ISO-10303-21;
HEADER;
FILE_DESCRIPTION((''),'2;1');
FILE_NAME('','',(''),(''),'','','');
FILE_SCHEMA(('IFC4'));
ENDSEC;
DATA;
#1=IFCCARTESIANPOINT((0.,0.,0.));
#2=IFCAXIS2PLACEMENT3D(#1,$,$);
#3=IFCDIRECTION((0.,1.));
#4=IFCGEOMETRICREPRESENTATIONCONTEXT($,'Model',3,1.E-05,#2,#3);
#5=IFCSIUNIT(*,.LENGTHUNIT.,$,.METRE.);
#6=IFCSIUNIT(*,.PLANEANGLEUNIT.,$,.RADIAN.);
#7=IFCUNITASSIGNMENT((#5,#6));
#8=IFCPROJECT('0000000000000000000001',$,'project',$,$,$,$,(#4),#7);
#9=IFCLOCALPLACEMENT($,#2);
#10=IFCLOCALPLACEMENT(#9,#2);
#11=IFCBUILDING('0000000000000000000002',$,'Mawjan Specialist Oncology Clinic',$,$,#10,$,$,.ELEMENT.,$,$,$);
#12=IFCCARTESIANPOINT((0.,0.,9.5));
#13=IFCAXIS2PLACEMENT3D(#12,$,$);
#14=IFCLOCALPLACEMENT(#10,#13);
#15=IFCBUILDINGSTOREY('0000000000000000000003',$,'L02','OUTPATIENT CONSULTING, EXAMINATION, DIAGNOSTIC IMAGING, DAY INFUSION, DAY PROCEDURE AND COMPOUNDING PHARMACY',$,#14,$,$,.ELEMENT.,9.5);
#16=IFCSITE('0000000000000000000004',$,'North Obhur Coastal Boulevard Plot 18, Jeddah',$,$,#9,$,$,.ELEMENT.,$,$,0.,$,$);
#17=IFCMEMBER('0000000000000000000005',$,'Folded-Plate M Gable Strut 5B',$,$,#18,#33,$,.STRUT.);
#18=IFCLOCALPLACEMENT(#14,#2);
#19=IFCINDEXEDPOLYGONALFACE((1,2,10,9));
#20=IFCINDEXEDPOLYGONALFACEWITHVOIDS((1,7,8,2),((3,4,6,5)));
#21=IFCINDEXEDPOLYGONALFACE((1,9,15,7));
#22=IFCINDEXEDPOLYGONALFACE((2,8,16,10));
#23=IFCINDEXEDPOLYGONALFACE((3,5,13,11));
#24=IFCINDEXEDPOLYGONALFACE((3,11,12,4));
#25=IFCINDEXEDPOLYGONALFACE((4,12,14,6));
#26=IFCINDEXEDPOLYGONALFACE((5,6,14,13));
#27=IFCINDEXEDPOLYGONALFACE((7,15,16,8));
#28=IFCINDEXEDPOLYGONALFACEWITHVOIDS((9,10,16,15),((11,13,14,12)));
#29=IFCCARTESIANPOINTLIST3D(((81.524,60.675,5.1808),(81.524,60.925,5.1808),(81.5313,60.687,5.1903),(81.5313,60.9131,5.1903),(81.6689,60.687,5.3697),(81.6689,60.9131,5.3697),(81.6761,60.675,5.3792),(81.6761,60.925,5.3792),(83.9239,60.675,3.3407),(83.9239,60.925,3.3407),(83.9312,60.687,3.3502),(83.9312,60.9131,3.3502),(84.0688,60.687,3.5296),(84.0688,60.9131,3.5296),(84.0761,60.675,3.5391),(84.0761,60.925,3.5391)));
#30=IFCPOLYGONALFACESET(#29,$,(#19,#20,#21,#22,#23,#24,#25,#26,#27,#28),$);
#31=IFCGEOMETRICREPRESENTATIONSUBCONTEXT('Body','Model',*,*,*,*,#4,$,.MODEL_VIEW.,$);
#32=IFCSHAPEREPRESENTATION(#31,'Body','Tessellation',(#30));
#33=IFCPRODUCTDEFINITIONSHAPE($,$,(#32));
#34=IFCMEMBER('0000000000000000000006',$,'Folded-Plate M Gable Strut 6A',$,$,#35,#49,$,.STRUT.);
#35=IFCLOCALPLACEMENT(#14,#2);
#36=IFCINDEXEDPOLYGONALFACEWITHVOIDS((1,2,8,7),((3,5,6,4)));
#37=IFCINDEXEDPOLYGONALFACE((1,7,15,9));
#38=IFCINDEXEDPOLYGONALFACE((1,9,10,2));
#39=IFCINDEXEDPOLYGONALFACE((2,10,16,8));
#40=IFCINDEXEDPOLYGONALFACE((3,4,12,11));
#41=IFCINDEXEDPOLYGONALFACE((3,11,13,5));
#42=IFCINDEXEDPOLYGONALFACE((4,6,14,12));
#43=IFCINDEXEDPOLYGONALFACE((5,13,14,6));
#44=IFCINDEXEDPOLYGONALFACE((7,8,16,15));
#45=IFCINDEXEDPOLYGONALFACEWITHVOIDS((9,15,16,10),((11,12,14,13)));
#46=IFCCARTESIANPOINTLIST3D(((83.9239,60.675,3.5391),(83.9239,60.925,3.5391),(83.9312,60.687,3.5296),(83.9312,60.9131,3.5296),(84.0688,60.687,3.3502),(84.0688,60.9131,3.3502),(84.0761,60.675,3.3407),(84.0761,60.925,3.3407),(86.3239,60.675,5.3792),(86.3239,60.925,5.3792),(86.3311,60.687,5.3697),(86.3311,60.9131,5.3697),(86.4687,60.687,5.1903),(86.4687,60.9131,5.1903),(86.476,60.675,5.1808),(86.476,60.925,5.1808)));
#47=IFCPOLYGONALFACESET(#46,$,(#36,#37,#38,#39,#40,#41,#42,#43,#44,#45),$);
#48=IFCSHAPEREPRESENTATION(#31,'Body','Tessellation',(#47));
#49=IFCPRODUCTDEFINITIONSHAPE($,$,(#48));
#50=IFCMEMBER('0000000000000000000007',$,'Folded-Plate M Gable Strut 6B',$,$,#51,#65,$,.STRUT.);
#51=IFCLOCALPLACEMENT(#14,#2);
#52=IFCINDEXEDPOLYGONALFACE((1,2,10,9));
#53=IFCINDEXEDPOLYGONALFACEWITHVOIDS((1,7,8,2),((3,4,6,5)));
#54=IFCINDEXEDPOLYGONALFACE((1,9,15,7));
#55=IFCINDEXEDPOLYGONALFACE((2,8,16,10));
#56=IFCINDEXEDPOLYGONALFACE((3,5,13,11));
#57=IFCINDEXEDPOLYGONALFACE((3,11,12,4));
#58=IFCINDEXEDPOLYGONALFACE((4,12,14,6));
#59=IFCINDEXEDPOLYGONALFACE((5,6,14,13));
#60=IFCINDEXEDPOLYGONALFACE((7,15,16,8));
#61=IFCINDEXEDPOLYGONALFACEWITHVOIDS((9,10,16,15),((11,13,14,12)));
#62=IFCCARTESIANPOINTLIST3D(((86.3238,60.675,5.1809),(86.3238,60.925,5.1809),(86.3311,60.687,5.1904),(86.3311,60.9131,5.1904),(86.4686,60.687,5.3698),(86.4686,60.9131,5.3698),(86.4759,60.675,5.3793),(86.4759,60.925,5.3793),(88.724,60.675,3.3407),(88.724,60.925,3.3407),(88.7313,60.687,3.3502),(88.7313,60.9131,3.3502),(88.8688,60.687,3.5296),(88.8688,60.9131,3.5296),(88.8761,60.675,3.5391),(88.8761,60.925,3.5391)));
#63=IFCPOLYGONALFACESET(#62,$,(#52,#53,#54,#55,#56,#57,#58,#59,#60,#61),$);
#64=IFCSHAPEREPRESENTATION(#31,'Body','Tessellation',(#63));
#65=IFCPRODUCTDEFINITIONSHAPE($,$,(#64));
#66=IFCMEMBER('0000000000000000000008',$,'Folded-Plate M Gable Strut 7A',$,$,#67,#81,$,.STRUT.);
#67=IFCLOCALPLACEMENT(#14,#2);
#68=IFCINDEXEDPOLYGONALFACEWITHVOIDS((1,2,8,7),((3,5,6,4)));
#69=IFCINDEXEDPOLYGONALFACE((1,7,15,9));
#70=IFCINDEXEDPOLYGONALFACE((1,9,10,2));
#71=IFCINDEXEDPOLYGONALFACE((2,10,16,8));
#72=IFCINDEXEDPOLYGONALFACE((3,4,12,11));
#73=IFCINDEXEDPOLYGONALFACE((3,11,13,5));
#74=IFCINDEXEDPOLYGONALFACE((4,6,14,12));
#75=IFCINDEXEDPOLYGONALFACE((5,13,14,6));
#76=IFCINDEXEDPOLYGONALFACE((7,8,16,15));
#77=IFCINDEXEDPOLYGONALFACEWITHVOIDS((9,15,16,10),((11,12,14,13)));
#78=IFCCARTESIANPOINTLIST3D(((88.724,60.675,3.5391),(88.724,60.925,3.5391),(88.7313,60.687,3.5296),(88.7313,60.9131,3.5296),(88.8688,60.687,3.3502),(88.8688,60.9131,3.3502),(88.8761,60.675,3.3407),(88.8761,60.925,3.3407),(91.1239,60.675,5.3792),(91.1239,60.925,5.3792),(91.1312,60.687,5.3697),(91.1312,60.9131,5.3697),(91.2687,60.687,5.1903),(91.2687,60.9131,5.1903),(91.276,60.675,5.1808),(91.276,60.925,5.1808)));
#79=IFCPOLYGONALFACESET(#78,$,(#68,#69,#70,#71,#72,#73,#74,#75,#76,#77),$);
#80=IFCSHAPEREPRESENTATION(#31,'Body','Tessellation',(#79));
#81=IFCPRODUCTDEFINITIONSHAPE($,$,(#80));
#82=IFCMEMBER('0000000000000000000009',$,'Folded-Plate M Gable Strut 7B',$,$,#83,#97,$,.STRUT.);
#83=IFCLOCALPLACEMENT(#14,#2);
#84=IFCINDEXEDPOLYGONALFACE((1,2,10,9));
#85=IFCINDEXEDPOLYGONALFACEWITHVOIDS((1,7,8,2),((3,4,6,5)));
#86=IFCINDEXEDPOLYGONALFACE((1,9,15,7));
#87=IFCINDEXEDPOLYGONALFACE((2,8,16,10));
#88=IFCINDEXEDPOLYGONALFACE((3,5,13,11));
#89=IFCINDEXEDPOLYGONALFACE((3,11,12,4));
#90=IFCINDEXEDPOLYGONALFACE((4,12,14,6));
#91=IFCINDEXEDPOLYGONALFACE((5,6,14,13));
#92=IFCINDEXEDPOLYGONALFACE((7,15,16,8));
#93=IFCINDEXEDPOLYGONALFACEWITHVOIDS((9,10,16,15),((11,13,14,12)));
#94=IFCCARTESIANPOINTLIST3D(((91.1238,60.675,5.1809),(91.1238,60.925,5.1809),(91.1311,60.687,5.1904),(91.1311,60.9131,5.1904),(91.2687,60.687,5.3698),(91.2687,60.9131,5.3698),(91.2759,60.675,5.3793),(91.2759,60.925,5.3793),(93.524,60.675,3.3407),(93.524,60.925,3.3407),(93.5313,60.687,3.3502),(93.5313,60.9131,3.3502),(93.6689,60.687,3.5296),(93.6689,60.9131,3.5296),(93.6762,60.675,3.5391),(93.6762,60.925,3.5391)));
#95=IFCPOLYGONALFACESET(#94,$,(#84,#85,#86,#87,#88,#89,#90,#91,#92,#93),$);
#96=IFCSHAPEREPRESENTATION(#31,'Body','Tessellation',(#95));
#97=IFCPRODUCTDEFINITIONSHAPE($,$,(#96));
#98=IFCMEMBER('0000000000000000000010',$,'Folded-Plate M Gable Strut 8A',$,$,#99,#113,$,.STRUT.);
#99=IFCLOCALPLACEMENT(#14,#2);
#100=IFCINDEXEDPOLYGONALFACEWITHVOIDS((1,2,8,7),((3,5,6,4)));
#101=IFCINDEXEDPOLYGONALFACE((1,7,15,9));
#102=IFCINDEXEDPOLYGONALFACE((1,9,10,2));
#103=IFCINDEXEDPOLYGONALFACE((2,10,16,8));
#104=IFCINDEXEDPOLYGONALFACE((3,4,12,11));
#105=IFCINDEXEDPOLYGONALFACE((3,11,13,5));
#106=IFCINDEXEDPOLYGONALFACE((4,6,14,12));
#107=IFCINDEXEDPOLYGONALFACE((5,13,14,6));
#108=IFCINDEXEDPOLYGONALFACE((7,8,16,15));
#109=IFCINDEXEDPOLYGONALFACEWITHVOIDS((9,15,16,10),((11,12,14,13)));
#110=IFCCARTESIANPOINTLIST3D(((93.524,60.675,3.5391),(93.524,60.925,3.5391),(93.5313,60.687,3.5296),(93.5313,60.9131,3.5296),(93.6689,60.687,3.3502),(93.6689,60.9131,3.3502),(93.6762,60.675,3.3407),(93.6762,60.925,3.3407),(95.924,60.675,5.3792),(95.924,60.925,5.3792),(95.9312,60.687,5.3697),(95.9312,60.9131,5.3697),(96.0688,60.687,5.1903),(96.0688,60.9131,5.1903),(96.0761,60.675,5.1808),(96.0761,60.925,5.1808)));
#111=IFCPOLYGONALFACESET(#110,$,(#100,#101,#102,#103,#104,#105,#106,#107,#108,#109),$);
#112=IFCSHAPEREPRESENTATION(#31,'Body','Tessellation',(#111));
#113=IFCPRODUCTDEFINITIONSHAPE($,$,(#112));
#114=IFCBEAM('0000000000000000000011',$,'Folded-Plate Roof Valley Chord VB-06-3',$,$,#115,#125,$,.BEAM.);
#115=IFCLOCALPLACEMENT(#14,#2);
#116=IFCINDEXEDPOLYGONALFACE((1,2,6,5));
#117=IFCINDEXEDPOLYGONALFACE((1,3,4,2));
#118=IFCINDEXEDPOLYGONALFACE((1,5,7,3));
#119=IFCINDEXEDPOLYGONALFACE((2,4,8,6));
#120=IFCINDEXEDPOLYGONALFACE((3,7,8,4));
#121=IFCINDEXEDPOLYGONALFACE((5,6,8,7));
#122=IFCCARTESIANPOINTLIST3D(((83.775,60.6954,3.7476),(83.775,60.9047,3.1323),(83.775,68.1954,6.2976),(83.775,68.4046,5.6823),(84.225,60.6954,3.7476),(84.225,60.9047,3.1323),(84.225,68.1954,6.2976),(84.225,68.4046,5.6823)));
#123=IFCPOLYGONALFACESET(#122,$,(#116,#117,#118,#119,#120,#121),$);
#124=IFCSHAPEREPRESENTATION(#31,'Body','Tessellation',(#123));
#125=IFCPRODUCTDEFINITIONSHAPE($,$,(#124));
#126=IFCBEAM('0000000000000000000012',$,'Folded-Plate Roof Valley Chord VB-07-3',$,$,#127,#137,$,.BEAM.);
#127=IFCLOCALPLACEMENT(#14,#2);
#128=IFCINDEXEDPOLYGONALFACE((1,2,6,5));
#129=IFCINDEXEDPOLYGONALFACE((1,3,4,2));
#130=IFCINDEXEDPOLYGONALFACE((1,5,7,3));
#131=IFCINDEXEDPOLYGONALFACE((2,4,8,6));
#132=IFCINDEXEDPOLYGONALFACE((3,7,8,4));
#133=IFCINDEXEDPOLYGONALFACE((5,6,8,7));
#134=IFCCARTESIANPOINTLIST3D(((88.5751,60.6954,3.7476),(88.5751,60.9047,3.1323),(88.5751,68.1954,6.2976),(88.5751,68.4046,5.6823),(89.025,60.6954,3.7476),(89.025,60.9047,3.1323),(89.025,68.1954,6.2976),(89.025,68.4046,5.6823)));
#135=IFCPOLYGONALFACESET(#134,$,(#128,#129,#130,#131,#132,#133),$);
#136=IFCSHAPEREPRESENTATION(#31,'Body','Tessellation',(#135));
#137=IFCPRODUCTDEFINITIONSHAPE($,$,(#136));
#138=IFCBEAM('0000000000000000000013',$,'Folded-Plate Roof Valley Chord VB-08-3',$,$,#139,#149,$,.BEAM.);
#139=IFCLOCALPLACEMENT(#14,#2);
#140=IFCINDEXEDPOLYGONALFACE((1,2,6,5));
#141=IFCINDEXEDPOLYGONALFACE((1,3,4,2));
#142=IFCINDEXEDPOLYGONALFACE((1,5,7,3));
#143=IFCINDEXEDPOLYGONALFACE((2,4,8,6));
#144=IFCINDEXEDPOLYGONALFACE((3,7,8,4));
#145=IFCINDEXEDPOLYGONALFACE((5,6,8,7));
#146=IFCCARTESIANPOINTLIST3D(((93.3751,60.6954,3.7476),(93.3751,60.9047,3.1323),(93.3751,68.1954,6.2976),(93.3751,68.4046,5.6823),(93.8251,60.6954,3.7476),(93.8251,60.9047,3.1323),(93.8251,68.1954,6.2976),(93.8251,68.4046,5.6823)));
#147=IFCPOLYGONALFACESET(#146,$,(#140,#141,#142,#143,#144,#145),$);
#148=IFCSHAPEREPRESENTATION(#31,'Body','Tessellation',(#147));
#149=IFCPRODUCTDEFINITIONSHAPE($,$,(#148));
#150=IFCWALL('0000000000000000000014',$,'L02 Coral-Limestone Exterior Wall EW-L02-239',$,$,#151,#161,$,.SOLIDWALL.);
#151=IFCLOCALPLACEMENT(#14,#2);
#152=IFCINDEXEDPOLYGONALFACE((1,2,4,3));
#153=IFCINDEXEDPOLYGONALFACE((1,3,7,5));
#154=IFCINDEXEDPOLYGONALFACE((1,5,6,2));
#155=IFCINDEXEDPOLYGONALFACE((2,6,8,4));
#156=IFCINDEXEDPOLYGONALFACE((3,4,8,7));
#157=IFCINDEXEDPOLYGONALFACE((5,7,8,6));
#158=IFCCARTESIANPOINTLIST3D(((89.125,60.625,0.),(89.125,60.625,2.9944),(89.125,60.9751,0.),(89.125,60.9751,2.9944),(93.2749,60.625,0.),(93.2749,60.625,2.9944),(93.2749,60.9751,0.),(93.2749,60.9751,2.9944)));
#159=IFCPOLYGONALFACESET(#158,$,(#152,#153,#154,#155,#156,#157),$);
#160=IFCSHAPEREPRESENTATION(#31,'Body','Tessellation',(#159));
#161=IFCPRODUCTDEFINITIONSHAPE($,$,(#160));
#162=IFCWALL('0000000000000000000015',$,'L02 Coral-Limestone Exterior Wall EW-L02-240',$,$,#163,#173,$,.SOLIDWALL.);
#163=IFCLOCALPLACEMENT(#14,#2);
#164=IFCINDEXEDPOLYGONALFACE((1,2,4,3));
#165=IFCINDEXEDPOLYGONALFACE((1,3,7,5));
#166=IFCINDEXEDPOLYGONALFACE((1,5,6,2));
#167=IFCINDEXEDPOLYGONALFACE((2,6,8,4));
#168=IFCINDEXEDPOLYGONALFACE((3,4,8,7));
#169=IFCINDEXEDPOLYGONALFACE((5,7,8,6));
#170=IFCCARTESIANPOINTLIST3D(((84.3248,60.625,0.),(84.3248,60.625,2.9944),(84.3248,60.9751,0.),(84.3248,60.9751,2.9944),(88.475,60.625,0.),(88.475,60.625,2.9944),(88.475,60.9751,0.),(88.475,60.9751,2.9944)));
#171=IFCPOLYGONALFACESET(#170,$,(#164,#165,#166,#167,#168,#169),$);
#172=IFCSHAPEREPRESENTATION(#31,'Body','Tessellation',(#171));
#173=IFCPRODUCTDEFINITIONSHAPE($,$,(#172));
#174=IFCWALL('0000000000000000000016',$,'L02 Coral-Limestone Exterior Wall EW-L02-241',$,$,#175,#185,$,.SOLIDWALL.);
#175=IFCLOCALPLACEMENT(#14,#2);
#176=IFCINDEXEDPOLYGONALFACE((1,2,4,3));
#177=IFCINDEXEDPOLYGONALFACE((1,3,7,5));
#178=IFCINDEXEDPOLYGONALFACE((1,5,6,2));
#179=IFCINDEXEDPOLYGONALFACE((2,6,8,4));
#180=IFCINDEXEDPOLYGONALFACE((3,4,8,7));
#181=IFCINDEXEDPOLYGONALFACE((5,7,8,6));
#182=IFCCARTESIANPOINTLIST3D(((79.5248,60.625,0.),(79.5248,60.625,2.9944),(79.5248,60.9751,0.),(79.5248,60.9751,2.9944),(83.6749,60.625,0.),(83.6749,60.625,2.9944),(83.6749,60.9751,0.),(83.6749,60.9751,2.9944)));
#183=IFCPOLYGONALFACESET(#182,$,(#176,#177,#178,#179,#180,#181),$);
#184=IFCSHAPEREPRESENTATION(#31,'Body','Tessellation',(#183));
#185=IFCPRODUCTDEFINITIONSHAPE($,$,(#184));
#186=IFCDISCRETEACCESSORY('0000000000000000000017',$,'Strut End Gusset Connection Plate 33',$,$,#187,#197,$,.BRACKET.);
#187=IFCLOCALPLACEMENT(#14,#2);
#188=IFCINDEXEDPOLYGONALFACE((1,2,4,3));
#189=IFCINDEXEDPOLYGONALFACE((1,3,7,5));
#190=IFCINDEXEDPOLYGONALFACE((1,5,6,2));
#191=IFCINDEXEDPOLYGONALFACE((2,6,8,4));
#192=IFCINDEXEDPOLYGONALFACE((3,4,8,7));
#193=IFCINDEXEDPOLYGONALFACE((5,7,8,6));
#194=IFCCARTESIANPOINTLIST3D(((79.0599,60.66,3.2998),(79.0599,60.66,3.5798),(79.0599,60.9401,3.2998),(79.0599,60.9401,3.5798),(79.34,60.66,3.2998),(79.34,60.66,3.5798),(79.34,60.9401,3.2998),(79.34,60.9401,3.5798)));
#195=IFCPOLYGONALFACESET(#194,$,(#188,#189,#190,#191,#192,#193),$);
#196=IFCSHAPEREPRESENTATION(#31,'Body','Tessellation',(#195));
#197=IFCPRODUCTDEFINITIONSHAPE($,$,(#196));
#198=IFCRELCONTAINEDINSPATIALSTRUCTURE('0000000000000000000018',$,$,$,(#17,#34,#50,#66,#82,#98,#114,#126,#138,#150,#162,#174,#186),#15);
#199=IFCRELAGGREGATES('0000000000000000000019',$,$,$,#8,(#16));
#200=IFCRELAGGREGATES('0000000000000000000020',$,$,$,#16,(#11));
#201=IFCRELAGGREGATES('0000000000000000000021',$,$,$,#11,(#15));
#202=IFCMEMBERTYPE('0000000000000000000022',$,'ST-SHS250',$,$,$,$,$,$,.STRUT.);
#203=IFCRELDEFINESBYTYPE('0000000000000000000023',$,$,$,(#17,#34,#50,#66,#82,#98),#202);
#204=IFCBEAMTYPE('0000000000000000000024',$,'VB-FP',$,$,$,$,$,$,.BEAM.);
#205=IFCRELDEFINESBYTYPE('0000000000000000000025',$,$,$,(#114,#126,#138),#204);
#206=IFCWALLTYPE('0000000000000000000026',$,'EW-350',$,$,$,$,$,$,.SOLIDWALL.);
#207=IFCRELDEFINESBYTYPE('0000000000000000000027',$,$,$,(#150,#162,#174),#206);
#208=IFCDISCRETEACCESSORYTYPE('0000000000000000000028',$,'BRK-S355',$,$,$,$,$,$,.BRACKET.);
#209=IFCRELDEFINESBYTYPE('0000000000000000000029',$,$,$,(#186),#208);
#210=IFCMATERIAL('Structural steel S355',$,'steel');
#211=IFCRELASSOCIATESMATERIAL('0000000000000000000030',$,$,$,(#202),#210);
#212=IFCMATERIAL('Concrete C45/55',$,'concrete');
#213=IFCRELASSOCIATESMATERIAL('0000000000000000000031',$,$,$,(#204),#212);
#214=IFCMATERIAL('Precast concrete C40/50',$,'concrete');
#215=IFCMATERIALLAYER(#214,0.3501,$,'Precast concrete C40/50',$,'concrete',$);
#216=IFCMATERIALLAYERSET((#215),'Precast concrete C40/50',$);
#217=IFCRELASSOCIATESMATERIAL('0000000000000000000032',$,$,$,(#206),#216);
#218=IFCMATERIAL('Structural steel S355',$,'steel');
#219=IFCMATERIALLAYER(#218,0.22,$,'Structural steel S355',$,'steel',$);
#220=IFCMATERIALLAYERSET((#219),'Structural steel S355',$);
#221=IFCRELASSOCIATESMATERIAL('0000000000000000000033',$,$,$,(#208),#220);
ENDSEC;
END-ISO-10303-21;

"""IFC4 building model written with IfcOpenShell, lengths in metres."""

from ifc_helpers import new_model, si_unit, direction, frame, frame_2d, origin, origin_2d, place, context, subcontext, project, spatial, rectangle, hollow_rectangle, extrude, material, layer, layer_set, material_profile, profile_set, type_object, element, save


model = new_model("IFC4")

# Units and contexts
model_context = context("Model", 3, precision=1e-05, world=origin(), true_north=direction((0.0, 1.0)))
body_context = subcontext(model_context, "Body", "Model", "MODEL_VIEW")
ifc_project = project(units=[si_unit("LENGTHUNIT", "METRE"), si_unit("PLANEANGLEUNIT", "RADIAN")], contexts=[model_context])

# Site, building, storey
site_placement = place(None, origin())
site = spatial("IfcSite", under=ifc_project, at=site_placement, Name="North Obhur Coastal Boulevard Plot 18, Jeddah", CompositionType="ELEMENT", RefElevation=0.0)
building_placement = place(site_placement, origin())
building = spatial("IfcBuilding", under=site, at=building_placement, Name="Mawjan Specialist Oncology Clinic", CompositionType="ELEMENT")
storey_placement = place(building_placement, frame((0.0, 0.0, 9.5)))
storey = spatial("IfcBuildingStorey", under=building, at=storey_placement, Name="L02", Description="OUTPATIENT CONSULTING, EXAMINATION, DIAGNOSTIC IMAGING, DAY INFUSION, DAY PROCEDURE AND COMPOUNDING PHARMACY", CompositionType="ELEMENT", Elevation=9.5)

# Members
ifc_material_1 = material(Name="Structural steel S355", Category="steel")
ifc_material_profile_1 = material_profile(ifc_material_1, hollow_rectangle(XDim=0.25, YDim=0.25, WallThickness=0.012, at=origin_2d()), Name="SHS 250x250x12", Category="steel")
ifc_profile_set_1 = profile_set([ifc_material_profile_1], Name="Structural steel S355")
member_type = type_object("IfcMemberType", Name="ST-SHS250", PredefinedType="STRUT", material=ifc_profile_set_1)
for number, where, z_axis, x_axis, name in (
    (1, (84.0, 60.8, 3.4399), (-0.79358, 0.0, 0.608465), (0.0, -1.0, 0.0), "Folded-Plate M Gable Strut 5B"),
    (2, (84.0, 60.8, 3.4399), (0.79358, 0.0, 0.608465), (0.0, 1.0, 0.0), "Folded-Plate M Gable Strut 6A"),
):
    element("IfcMember", number, at=place(storey_placement, frame(where, z_axis=z_axis, x_axis=x_axis)), inside=storey, type_object=member_type, Name=name, PredefinedType="STRUT", context=body_context, shape_type="SweptSolid", body=[
        extrude(hollow_rectangle(XDim=0.25, YDim=0.25, WallThickness=0.012, at=origin_2d()), origin(), (0.0, 0.0, 1.0), 3.0242),
    ])
member_1_placement = place(storey_placement, frame((88.8, 60.8, 3.4399), z_axis=(-0.79361, 0.0, 0.608426), x_axis=(0.0, -1.0, 0.0)))
element("IfcMember", 3, at=member_1_placement, inside=storey, type_object=member_type, Name="Folded-Plate M Gable Strut 6B", PredefinedType="STRUT", context=body_context, shape_type="SweptSolid", body=[
    extrude(hollow_rectangle(XDim=0.25, YDim=0.25, WallThickness=0.012, at=origin_2d()), origin(), (0.0, 0.0, 1.0), 3.0244),
])
member_2_placement = place(storey_placement, frame((88.8, 60.8, 3.4399), z_axis=(0.79358, 0.0, 0.608465), x_axis=(0.0, 1.0, 0.0)))
element("IfcMember", 4, at=member_2_placement, inside=storey, type_object=member_type, Name="Folded-Plate M Gable Strut 7A", PredefinedType="STRUT", context=body_context, shape_type="SweptSolid", body=[
    extrude(hollow_rectangle(XDim=0.25, YDim=0.25, WallThickness=0.012, at=origin_2d()), origin(), (0.0, 0.0, 1.0), 3.0242),
])
member_3_placement = place(storey_placement, frame((93.6001, 60.8, 3.4399), z_axis=(-0.79361, 0.0, 0.608426), x_axis=(0.0, -1.0, 0.0)))
element("IfcMember", 5, at=member_3_placement, inside=storey, type_object=member_type, Name="Folded-Plate M Gable Strut 7B", PredefinedType="STRUT", context=body_context, shape_type="SweptSolid", body=[
    extrude(hollow_rectangle(XDim=0.25, YDim=0.25, WallThickness=0.012, at=origin_2d()), origin(), (0.0, 0.0, 1.0), 3.0244),
])
member_4_placement = place(storey_placement, frame((93.6001, 60.8, 3.4399), z_axis=(0.79358, 0.0, 0.608465), x_axis=(0.0, 1.0, 0.0)))
element("IfcMember", 6, at=member_4_placement, inside=storey, type_object=member_type, Name="Folded-Plate M Gable Strut 8A", PredefinedType="STRUT", context=body_context, shape_type="SweptSolid", body=[
    extrude(hollow_rectangle(XDim=0.25, YDim=0.25, WallThickness=0.012, at=origin_2d()), origin(), (0.0, 0.0, 1.0), 3.0242),
])

# Beams
ifc_material_2 = material(Name="Concrete C45/55", Category="concrete")
ifc_material_profile_2 = material_profile(ifc_material_2, rectangle(XDim=0.45, YDim=0.6499, at=origin_2d()), Name="RC VALLEY 450x650", Category="concrete")
ifc_profile_set_2 = profile_set([ifc_material_profile_2], Name="Concrete C45/55")
beam_type_1 = type_object("IfcBeamType", Name="VB-FP", PredefinedType="BEAM", material=ifc_profile_set_2)
for number, where, z_axis, x_axis, name in (
    (7, (84.0, 60.8, 3.4399), (0.0, 0.946771, 0.321908), (-1.0, 0.0, 0.0), "Folded-Plate Roof Valley Chord VB-06-3"),
    (8, (88.8, 60.8, 3.4399), (0.0, 0.946771, 0.321908), (-1.0, 0.0, 0.0), "Folded-Plate Roof Valley Chord VB-07-3"),
    (9, (93.6001, 60.8, 3.4399), (0.0, 0.946771, 0.321908), (-1.0, 0.0, 0.0), "Folded-Plate Roof Valley Chord VB-08-3"),
):
    element("IfcBeam", number, at=place(storey_placement, frame(where, z_axis=z_axis, x_axis=x_axis)), inside=storey, type_object=beam_type_1, Name=name, PredefinedType="BEAM", context=body_context, shape_type="SweptSolid", body=[
        extrude(rectangle(XDim=0.45, YDim=0.6499, at=origin_2d()), origin(), (0.0, 0.0, 1.0), 7.9216),
    ])

# Walls
ifc_material_3 = material(Name="Precast concrete C40/50", Category="concrete")
ifc_layer_1 = layer(ifc_material_3, 0.3501, Name="Precast concrete C40/50", Category="concrete")
ifc_layer_set_1 = layer_set([ifc_layer_1], Name="Precast concrete C40/50")
wall_type = type_object("IfcWallType", Name="EW-350", PredefinedType="SOLIDWALL", material=ifc_layer_set_1)
wall_placement = place(storey_placement, frame((93.2749, 60.8, 0.0), z_axis=(0.0, 0.0, 1.0), x_axis=(-1.0, 0.0, 0.0)))
element("IfcWall", 10, at=wall_placement, inside=storey, type_object=wall_type, Name="L02 Coral-Limestone Exterior Wall EW-L02-239", PredefinedType="SOLIDWALL", context=body_context, shape_type="SweptSolid", body=[
    extrude(rectangle(XDim=4.1499, YDim=0.3501, at=frame_2d((2.075, 0.0))), origin(), (0.0, 0.0, 1.0), 2.9944),
])
for number, where, z_axis, x_axis, name in (
    (11, (88.4751, 60.8, 0.0), (0.0, 0.0, 1.0), (-1.0, 0.0, 0.0), "L02 Coral-Limestone Exterior Wall EW-L02-240"),
    (12, (83.675, 60.8, 0.0), (0.0, 0.0, 1.0), (-1.0, 0.0, 0.0), "L02 Coral-Limestone Exterior Wall EW-L02-241"),
):
    element("IfcWall", number, at=place(storey_placement, frame(where, z_axis=z_axis, x_axis=x_axis)), inside=storey, type_object=wall_type, Name=name, PredefinedType="SOLIDWALL", context=body_context, shape_type="SweptSolid", body=[
        extrude(rectangle(XDim=4.1501, YDim=0.3501, at=frame_2d((2.0752, 0.0))), origin(), (0.0, 0.0, 1.0), 2.9944),
    ])

# Discrete accessory
ifc_material_4 = material(Name="Structural steel S355", Category="steel")
ifc_layer_2 = layer(ifc_material_4, 0.22, Name="Structural steel S355", Category="steel")
ifc_layer_set_2 = layer_set([ifc_layer_2], Name="Structural steel S355")
discrete_accessory_type = type_object("IfcDiscreteAccessoryType", Name="BRK-S355", PredefinedType="BRACKET", material=ifc_layer_set_2)
for number, where, z_axis, x_axis, name in (
    (13, (79.2, 60.8, 3.2998), (0.0, 0.0, 1.0), (1.0, 0.0, 0.0), "Strut End Gusset Connection Plate 33"),
):
    element("IfcDiscreteAccessory", number, at=place(storey_placement, frame(where, z_axis=z_axis, x_axis=x_axis)), inside=storey, type_object=discrete_accessory_type, Name=name, PredefinedType="BRACKET", context=body_context, shape_type="SweptSolid", body=[
        extrude(rectangle(XDim=0.28, YDim=0.28, at=origin_2d()), origin(), (0.0, 0.0, 1.0), 0.28),
    ])

save(model, "model.ifc")
